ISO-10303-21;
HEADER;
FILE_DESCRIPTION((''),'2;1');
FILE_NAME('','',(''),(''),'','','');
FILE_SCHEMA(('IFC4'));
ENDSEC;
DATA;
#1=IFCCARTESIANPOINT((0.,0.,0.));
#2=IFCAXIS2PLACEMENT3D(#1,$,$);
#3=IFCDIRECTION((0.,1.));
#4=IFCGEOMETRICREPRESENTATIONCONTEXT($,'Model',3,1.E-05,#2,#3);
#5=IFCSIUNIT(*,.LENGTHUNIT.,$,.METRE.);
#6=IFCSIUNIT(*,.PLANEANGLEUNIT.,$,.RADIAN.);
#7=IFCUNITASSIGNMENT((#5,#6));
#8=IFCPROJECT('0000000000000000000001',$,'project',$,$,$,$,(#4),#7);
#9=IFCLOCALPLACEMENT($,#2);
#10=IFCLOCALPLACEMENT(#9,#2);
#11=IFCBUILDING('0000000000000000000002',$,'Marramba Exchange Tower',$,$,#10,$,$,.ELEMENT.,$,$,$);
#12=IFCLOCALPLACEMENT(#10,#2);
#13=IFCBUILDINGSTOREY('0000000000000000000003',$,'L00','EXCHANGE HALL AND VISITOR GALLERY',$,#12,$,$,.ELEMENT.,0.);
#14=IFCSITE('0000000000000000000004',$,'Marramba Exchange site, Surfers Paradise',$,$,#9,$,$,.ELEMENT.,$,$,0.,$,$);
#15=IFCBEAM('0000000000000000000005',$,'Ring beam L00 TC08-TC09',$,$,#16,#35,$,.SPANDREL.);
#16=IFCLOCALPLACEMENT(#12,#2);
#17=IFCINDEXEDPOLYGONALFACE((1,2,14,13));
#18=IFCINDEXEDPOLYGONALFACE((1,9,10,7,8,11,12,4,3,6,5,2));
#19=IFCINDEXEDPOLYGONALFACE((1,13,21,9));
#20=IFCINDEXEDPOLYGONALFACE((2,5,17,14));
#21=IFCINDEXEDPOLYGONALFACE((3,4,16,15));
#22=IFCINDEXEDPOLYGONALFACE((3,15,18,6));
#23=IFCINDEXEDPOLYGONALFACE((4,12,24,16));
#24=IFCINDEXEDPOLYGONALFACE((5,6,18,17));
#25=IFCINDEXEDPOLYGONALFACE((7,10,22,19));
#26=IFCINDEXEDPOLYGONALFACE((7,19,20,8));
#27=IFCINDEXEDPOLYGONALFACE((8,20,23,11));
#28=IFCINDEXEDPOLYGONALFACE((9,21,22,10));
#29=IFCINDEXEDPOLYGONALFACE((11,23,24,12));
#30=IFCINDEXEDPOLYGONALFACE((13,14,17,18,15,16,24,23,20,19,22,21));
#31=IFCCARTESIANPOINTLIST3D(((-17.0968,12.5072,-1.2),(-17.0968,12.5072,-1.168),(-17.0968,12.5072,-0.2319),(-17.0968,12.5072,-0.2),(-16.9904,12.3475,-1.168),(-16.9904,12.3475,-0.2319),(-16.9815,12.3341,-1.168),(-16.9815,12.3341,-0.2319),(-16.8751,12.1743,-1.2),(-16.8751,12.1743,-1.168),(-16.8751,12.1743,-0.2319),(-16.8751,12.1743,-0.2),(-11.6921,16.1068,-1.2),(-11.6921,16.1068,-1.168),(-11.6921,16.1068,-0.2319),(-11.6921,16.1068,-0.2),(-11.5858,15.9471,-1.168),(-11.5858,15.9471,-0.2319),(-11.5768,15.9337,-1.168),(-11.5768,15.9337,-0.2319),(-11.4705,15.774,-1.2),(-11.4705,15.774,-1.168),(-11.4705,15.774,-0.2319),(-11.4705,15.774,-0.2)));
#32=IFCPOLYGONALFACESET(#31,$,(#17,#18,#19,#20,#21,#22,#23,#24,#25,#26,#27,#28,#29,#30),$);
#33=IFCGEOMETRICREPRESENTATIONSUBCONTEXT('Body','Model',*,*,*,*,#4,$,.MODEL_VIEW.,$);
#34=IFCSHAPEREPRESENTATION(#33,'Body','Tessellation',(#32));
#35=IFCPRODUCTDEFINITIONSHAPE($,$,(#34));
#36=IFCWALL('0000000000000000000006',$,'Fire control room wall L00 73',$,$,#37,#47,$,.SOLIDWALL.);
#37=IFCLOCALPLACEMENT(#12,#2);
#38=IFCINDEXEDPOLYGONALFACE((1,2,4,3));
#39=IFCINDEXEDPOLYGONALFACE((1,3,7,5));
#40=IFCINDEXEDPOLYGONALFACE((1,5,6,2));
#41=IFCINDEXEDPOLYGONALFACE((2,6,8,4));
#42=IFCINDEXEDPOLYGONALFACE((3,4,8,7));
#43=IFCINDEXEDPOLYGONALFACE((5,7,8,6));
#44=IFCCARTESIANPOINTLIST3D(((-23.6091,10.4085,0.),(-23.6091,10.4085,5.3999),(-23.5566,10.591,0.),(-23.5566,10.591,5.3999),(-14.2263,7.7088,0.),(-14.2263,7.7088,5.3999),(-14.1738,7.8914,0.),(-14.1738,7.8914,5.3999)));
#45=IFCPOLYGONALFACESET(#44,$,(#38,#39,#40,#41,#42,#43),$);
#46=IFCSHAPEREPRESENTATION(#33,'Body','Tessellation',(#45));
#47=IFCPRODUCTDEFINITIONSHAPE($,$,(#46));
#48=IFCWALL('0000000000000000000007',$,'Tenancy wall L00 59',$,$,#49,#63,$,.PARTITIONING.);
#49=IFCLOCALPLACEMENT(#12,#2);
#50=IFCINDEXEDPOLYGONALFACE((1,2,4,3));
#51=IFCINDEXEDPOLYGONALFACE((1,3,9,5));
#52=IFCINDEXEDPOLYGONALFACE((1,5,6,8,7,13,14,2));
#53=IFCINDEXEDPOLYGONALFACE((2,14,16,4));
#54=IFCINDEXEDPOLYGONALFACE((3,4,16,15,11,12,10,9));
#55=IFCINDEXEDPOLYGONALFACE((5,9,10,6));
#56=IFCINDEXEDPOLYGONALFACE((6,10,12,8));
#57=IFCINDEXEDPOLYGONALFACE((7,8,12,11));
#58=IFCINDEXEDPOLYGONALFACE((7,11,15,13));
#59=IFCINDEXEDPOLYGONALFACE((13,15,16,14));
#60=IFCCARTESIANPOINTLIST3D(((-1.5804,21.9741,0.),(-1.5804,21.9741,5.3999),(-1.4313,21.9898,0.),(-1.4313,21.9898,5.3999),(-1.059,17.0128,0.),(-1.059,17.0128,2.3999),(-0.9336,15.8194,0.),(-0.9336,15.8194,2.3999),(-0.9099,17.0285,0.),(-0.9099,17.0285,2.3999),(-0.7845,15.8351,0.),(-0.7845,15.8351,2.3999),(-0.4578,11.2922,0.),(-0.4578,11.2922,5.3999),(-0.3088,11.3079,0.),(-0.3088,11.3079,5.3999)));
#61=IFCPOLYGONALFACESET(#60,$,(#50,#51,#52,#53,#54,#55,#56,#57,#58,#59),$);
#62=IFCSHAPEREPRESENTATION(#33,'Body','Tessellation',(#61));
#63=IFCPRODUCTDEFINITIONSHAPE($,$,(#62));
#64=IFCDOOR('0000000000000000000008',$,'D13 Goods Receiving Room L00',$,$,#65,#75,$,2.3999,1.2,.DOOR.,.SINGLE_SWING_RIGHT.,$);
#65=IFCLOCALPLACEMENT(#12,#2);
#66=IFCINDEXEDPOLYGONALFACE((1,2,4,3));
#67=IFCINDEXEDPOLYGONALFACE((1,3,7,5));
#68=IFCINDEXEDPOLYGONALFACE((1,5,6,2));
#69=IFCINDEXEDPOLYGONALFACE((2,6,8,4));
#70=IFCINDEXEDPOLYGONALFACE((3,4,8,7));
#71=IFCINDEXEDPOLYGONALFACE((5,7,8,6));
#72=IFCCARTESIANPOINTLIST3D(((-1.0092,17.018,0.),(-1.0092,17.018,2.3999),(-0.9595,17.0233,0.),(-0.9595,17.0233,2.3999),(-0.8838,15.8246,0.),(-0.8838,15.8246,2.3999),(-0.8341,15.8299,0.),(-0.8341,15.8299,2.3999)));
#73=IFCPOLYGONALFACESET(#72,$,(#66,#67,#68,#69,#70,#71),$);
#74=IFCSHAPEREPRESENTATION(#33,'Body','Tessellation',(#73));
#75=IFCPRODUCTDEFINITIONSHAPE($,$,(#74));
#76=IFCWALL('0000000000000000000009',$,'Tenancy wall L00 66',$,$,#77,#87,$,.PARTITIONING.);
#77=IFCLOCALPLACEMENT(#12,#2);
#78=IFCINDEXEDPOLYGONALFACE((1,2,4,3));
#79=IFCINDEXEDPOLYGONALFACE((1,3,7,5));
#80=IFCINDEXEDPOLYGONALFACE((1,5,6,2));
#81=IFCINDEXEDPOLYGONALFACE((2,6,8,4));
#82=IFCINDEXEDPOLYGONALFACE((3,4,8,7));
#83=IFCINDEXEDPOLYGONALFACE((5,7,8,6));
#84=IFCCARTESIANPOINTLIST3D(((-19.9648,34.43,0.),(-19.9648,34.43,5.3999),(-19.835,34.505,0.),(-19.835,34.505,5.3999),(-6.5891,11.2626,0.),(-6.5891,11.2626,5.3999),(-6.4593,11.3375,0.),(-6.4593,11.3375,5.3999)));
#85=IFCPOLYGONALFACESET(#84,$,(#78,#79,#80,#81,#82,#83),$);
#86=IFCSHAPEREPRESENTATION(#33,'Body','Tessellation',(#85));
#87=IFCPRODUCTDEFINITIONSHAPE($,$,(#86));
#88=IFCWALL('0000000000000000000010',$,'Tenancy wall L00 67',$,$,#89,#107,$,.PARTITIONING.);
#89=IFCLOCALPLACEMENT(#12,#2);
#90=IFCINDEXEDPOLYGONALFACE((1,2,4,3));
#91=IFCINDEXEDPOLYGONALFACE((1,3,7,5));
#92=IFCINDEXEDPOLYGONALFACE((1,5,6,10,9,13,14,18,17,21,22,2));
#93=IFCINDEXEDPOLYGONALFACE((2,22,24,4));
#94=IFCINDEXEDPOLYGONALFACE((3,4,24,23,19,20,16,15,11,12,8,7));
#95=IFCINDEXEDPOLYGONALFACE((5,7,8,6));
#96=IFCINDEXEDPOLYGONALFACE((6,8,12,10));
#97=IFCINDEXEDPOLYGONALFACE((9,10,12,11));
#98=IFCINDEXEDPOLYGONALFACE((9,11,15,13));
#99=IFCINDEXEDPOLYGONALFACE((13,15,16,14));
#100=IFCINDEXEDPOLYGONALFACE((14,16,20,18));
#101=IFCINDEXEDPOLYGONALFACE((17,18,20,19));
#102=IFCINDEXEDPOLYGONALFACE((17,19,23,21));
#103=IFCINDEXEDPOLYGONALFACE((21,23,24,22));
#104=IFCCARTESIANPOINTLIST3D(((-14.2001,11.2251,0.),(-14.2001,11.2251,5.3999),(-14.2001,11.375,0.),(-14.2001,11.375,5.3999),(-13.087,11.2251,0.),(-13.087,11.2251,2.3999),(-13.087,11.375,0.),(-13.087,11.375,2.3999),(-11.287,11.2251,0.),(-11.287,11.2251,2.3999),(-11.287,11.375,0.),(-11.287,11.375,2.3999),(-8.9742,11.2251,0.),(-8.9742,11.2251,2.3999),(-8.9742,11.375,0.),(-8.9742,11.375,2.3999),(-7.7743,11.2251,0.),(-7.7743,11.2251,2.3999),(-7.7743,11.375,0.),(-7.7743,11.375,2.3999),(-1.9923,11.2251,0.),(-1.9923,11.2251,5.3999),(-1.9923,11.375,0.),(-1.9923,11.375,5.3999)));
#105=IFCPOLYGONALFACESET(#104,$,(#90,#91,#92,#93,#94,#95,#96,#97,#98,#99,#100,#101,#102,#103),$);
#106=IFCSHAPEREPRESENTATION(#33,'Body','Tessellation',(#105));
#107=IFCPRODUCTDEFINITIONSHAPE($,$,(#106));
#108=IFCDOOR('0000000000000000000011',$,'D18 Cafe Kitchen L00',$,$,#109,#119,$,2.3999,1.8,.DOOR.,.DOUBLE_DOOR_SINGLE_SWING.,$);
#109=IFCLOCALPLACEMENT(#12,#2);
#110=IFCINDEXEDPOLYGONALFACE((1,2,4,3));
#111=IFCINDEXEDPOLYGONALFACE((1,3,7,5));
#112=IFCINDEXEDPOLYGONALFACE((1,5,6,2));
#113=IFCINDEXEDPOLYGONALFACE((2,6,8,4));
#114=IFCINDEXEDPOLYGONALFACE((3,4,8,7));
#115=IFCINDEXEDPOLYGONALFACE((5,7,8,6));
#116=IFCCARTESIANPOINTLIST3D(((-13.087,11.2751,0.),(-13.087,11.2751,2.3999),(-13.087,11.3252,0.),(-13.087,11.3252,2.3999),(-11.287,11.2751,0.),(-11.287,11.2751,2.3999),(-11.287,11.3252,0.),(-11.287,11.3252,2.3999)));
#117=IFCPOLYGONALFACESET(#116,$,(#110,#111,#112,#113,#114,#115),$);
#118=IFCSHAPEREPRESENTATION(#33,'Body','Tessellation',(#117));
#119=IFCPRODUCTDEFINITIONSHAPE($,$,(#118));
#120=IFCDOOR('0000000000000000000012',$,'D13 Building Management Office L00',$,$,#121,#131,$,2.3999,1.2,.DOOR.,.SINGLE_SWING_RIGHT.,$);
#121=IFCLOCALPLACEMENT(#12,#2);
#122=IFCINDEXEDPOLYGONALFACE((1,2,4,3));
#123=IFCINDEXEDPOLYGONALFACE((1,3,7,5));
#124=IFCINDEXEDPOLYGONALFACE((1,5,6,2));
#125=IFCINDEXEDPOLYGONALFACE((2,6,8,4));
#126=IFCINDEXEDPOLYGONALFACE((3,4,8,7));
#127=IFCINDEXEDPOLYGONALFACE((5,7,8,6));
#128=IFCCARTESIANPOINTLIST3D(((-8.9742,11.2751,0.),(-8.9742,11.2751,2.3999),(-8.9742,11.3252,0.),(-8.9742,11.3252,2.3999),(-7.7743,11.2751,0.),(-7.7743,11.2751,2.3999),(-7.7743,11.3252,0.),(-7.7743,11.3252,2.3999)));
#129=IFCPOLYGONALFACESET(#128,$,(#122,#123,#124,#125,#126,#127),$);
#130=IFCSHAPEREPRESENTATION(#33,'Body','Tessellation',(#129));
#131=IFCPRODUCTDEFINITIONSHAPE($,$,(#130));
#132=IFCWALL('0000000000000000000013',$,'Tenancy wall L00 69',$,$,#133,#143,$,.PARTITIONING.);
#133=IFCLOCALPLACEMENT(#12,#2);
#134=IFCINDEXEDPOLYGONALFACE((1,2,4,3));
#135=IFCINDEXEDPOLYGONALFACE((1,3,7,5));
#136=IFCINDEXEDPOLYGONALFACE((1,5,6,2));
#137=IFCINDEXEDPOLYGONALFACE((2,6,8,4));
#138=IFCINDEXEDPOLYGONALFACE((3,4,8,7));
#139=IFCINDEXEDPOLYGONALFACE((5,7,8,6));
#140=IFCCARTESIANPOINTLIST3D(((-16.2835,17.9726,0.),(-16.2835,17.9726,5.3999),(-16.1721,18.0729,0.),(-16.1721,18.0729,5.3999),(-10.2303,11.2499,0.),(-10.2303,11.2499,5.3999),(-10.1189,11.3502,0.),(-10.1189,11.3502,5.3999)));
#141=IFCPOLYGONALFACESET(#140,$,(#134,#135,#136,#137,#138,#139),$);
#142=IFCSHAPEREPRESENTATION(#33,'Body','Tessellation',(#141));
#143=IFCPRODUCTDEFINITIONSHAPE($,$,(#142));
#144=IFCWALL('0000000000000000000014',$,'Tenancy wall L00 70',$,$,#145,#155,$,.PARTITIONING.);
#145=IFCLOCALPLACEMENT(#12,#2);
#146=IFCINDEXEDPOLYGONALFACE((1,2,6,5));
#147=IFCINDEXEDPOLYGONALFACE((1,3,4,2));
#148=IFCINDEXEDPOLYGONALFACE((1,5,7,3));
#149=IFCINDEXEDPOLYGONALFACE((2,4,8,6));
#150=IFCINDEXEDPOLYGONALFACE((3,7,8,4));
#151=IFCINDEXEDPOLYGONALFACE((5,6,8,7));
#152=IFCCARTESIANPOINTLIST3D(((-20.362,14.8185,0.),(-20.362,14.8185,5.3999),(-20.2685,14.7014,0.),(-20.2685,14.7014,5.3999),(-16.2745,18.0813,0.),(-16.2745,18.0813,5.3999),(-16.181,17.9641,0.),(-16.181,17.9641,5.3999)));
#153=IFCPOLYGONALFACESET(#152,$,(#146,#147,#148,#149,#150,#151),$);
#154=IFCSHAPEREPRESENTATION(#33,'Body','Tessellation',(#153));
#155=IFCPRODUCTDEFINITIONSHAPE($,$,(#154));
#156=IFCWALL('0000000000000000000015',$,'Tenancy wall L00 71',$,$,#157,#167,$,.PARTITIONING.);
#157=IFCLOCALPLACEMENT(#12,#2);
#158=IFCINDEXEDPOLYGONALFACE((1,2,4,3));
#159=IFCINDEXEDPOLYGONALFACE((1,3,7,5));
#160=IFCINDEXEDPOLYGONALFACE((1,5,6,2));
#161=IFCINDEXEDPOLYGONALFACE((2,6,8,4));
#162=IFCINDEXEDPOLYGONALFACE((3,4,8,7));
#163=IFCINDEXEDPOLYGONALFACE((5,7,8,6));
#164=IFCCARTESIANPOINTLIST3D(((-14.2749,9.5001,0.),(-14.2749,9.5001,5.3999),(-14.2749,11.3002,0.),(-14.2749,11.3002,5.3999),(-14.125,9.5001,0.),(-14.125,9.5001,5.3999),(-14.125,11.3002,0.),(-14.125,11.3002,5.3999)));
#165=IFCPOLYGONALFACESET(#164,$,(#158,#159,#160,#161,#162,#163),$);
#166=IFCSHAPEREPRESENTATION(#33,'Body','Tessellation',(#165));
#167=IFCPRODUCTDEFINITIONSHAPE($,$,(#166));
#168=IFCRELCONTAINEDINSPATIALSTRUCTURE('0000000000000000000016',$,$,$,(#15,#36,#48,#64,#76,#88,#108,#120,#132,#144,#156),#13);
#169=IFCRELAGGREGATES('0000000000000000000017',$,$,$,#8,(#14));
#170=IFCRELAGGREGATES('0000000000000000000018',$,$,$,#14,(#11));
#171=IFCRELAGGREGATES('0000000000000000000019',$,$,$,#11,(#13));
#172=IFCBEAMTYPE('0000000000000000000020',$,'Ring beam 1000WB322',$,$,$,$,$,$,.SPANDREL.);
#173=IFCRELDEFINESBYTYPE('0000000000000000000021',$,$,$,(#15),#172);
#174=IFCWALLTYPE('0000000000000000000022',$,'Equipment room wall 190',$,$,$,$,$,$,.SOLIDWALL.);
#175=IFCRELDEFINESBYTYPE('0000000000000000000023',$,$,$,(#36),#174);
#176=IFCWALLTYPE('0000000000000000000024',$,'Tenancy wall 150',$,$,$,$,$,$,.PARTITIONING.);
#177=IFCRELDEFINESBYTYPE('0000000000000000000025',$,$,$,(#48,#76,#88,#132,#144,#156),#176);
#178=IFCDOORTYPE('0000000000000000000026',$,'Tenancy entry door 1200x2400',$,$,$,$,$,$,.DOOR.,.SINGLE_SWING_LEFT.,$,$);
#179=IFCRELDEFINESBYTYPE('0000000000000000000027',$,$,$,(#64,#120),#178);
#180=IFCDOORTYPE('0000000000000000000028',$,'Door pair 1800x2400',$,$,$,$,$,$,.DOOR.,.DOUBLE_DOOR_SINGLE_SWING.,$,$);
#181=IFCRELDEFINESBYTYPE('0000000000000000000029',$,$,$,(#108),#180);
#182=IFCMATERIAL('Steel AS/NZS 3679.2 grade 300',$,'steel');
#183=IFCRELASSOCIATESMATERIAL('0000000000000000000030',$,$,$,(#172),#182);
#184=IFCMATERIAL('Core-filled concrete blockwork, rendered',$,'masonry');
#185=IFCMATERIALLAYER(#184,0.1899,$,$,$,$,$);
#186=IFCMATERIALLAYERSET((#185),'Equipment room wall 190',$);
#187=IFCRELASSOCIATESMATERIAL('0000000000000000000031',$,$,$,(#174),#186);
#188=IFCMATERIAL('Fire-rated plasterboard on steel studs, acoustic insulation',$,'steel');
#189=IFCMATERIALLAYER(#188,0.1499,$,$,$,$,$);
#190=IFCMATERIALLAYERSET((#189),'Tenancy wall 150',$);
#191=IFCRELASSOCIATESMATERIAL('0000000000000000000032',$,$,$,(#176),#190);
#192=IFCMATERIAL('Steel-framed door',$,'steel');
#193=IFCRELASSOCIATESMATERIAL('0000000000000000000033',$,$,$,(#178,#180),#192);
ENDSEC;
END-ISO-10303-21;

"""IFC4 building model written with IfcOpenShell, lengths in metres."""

from ifc_helpers import new_model, si_unit, direction, frame, frame_2d, origin, origin_2d, place, context, subcontext, project, spatial, rectangle, i_section, extrude, material, layer, layer_set, material_profile, profile_set, type_object, element, fill, save


model = new_model("IFC4")

# Units and contexts
model_context = context("Model", 3, precision=1e-05, world=origin(), true_north=direction((0.0, 1.0)))
body_context = subcontext(model_context, "Body", "Model", "MODEL_VIEW")
ifc_project = project(units=[si_unit("LENGTHUNIT", "METRE"), si_unit("PLANEANGLEUNIT", "RADIAN")], contexts=[model_context])

# Site, building, storey
site_placement = place(None, origin())
site = spatial("IfcSite", under=ifc_project, at=site_placement, Name="Marramba Exchange site, Surfers Paradise", CompositionType="ELEMENT", RefElevation=0.0)
building_placement = place(site_placement, origin())
building = spatial("IfcBuilding", under=site, at=building_placement, Name="Marramba Exchange Tower", CompositionType="ELEMENT")
storey_placement = place(building_placement, origin())
storey = spatial("IfcBuildingStorey", under=building, at=storey_placement, Name="L00", Description="EXCHANGE HALL AND VISITOR GALLERY", CompositionType="ELEMENT", Elevation=0.0)

# Beam
ifc_material_1 = material(Name="Steel AS/NZS 3679.2 grade 300", Category="steel")
ifc_material_profile_1 = material_profile(ifc_material_1, i_section(OverallWidth=0.3999, OverallDepth=1.0, WebThickness=0.0161, FlangeThickness=0.032, at=origin_2d()), Name="1000WB322")
ifc_profile_set_1 = profile_set([ifc_material_profile_1], Name="Steel AS/NZS 3679.2 grade 300")
beam_type_1 = type_object("IfcBeamType", Name="Ring beam 1000WB322", PredefinedType="SPANDREL", material=ifc_profile_set_1)
beam_1_placement = place(storey_placement, frame((-11.5813, 15.9404, -0.7), z_axis=(-0.832293, -0.554336, 0.0), x_axis=(0.554336, -0.832293, 0.0)))
element("IfcBeam", 1, at=beam_1_placement, inside=storey, type_object=beam_type_1, Name="Ring beam L00 TC08-TC09", PredefinedType="SPANDREL", context=body_context, shape_type="SweptSolid", body=[
    extrude(i_section(OverallWidth=0.3999, OverallDepth=1.0, WebThickness=0.0161, FlangeThickness=0.032, at=origin_2d()), origin(), (0.0, 0.0, 1.0), 6.4937),
])

# Shared definitions
ifc_material_2 = material(Name="Steel-framed door", Category="steel")

# Wall
ifc_material_3 = material(Name="Core-filled concrete blockwork, rendered", Category="masonry")
ifc_layer_1 = layer(ifc_material_3, 0.1899)
ifc_layer_set_1 = layer_set([ifc_layer_1], Name="Equipment room wall 190")
wall_type_1 = type_object("IfcWallType", Name="Equipment room wall 190", PredefinedType="SOLIDWALL", material=ifc_layer_set_1)
wall_1_placement = place(storey_placement, frame((-14.2, 7.8, 0.0), z_axis=(0.0, 0.0, 1.0), x_axis=(-0.961011, 0.276511, 0.0)))
element("IfcWall", 2, at=wall_1_placement, inside=storey, type_object=wall_type_1, Name="Fire control room wall L00 73", PredefinedType="SOLIDWALL", context=body_context, shape_type="SweptSolid", body=[
    extrude(rectangle(XDim=9.7634, YDim=0.1899, at=frame_2d((4.8818, 0.0))), origin(), (0.0, 0.0, 1.0), 5.3999),
])

# Wall, opening, door
ifc_material_4 = material(Name="Fire-rated plasterboard on steel studs, acoustic insulation", Category="steel")
ifc_layer_2 = layer(ifc_material_4, 0.1499)
ifc_layer_set_2 = layer_set([ifc_layer_2], Name="Tenancy wall 150")
wall_type_2 = type_object("IfcWallType", Name="Tenancy wall 150", PredefinedType="PARTITIONING", material=ifc_layer_set_2)
wall_2_placement = place(storey_placement, frame((-0.3833, 11.3, 0.0), z_axis=(0.0, 0.0, 1.0), x_axis=(-0.104514, 0.994523, 0.0)))
wall_2 = element("IfcWall", 3, at=wall_2_placement, inside=storey, type_object=wall_type_2, Name="Tenancy wall L00 59", PredefinedType="PARTITIONING", context=body_context, shape_type="SweptSolid", body=[
    extrude(rectangle(XDim=10.7407, YDim=0.1499, at=frame_2d((5.3704, 0.0))), origin(), (0.0, 0.0, 1.0), 5.3999),
])
opening_1_placement = place(wall_2_placement, frame((4.552, 0.0, 0.0)))
opening_1 = element("IfcOpeningElement", 4, at=opening_1_placement, cuts=wall_2, PredefinedType="OPENING", context=body_context, shape_type="SweptSolid", body=[
    extrude(rectangle(XDim=1.2, YDim=2.3999, at=frame_2d((0.6001, 1.2))), frame((0.0, 0.085, 0.0), z_axis=(0.0, -1.0, 0.0), x_axis=(1.0, 0.0, 0.0)), (0.0, 0.0, 1.0), 0.1699),
])
door_type_1 = type_object("IfcDoorType", Name="Tenancy entry door 1200x2400", OperationType="SINGLE_SWING_LEFT", PredefinedType="DOOR", material=ifc_material_2)
door_1_placement = place(opening_1_placement, frame((1.2, 0.0, 0.0), z_axis=(0.0, 0.0, 1.0), x_axis=(-1.0, 0.0, 0.0)))
door_1 = element("IfcDoor", 5, at=door_1_placement, inside=storey, type_object=door_type_1, Name="D13 Goods Receiving Room L00", OperationType="SINGLE_SWING_RIGHT", OverallHeight=2.3999, OverallWidth=1.2, PredefinedType="DOOR", context=body_context, shape_type="SweptSolid", body=[
    extrude(rectangle(XDim=1.2, YDim=2.3999, at=frame_2d((0.5999, 1.2))), frame((0.0, 0.0251, 0.0), z_axis=(0.0, -1.0, 0.0), x_axis=(1.0, 0.0, 0.0)), (0.0, 0.0, 1.0), 0.05),
])
fill(opening_1, door_1)

# Wall
wall_3_placement = place(storey_placement, frame((-6.5242, 11.3, 0.0), z_axis=(0.0, 0.0, 1.0), x_axis=(-0.499999, 0.866026, 0.0)))
element("IfcWall", 6, at=wall_3_placement, inside=storey, type_object=wall_type_2, Name="Tenancy wall L00 66", PredefinedType="PARTITIONING", context=body_context, shape_type="SweptSolid", body=[
    extrude(rectangle(XDim=26.7515, YDim=0.1499, at=frame_2d((13.3757, 0.0))), origin(), (0.0, 0.0, 1.0), 5.3999),
])

# Wall, openings, doors
wall_4_placement = place(storey_placement, frame((-1.9922, 11.3, 0.0), z_axis=(0.0, 0.0, 1.0), x_axis=(-1.0, 0.0, 0.0)))
wall_4 = element("IfcWall", 7, at=wall_4_placement, inside=storey, type_object=wall_type_2, Name="Tenancy wall L00 67", PredefinedType="PARTITIONING", context=body_context, shape_type="SweptSolid", body=[
    extrude(rectangle(XDim=12.2078, YDim=0.1499, at=frame_2d((6.104, 0.0))), origin(), (0.0, 0.0, 1.0), 5.3999),
])
opening_2_placement = place(wall_4_placement, frame((5.782, 0.0, 0.0)))
opening_2 = element("IfcOpeningElement", 8, at=opening_2_placement, cuts=wall_4, PredefinedType="OPENING", context=body_context, shape_type="SweptSolid", body=[
    extrude(rectangle(XDim=1.2, YDim=2.3999, at=frame_2d((0.6001, 1.2))), frame((0.0, 0.085, 0.0), z_axis=(0.0, -1.0, 0.0), x_axis=(1.0, 0.0, 0.0)), (0.0, 0.0, 1.0), 0.1699),
])
opening_3_placement = place(wall_4_placement, frame((9.2949, 0.0, 0.0)))
opening_3 = element("IfcOpeningElement", 9, at=opening_3_placement, cuts=wall_4, PredefinedType="OPENING", context=body_context, shape_type="SweptSolid", body=[
    extrude(rectangle(XDim=1.8, YDim=2.3999, at=frame_2d((0.8999, 1.2))), frame((0.0, 0.085, 0.0), z_axis=(0.0, -1.0, 0.0), x_axis=(1.0, 0.0, 0.0)), (0.0, 0.0, 1.0), 0.1699),
])
door_type_2 = type_object("IfcDoorType", Name="Door pair 1800x2400", OperationType="DOUBLE_DOOR_SINGLE_SWING", PredefinedType="DOOR", material=ifc_material_2)
door_2_placement = place(opening_3_placement, origin())
door_2 = element("IfcDoor", 10, at=door_2_placement, inside=storey, type_object=door_type_2, Name="D18 Cafe Kitchen L00", OperationType="DOUBLE_DOOR_SINGLE_SWING", OverallHeight=2.3999, OverallWidth=1.8, PredefinedType="DOOR", context=body_context, shape_type="SweptSolid", body=[
    extrude(rectangle(XDim=1.8, YDim=2.3999, at=frame_2d((0.8999, 1.2))), frame((0.0, 0.0249, 0.0), z_axis=(0.0, -1.0, 0.0), x_axis=(1.0, 0.0, 0.0)), (0.0, 0.0, 1.0), 0.05),
])
fill(opening_3, door_2)
door_3_placement = place(opening_2_placement, frame((1.2, 0.0, 0.0), z_axis=(0.0, 0.0, 1.0), x_axis=(-1.0, 0.0, 0.0)))
door_3 = element("IfcDoor", 11, at=door_3_placement, inside=storey, type_object=door_type_1, Name="D13 Building Management Office L00", OperationType="SINGLE_SWING_RIGHT", OverallHeight=2.3999, OverallWidth=1.2, PredefinedType="DOOR", context=body_context, shape_type="SweptSolid", body=[
    extrude(rectangle(XDim=1.2, YDim=2.3999, at=frame_2d((0.5999, 1.2))), frame((0.0, 0.0251, 0.0), z_axis=(0.0, -1.0, 0.0), x_axis=(1.0, 0.0, 0.0)), (0.0, 0.0, 1.0), 0.05),
])
fill(opening_2, door_3)

# Walls
wall_5_placement = place(storey_placement, frame((-10.1746, 11.3, 0.0), z_axis=(0.0, 0.0, 1.0), x_axis=(-0.669138, 0.743138, 0.0)))
element("IfcWall", 12, at=wall_5_placement, inside=storey, type_object=wall_type_2, Name="Tenancy wall L00 69", PredefinedType="PARTITIONING", context=body_context, shape_type="SweptSolid", body=[
    extrude(rectangle(XDim=9.0464, YDim=0.1499, at=frame_2d((4.5232, 0.0))), origin(), (0.0, 0.0, 1.0), 5.3999),
])
wall_6_placement = place(storey_placement, frame((-16.2278, 18.0227, 0.0), z_axis=(0.0, 0.0, 1.0), x_axis=(-0.781542, -0.623852, 0.0)))
element("IfcWall", 13, at=wall_6_placement, inside=storey, type_object=wall_type_2, Name="Tenancy wall L00 70", PredefinedType="PARTITIONING", context=body_context, shape_type="SweptSolid", body=[
    extrude(rectangle(XDim=5.23, YDim=0.1499, at=frame_2d((2.615, 0.0))), origin(), (0.0, 0.0, 1.0), 5.3999),
])
wall_7_placement = place(storey_placement, frame((-14.2, 11.3, 0.0), z_axis=(0.0, 0.0, 1.0), x_axis=(0.0, -1.0, 0.0)))
element("IfcWall", 14, at=wall_7_placement, inside=storey, type_object=wall_type_2, Name="Tenancy wall L00 71", PredefinedType="PARTITIONING", context=body_context, shape_type="SweptSolid", body=[
    extrude(rectangle(XDim=1.8, YDim=0.1499, at=frame_2d((0.8999, 0.0))), origin(), (0.0, 0.0, 1.0), 5.3999),
])

save(model, "model.ifc")
